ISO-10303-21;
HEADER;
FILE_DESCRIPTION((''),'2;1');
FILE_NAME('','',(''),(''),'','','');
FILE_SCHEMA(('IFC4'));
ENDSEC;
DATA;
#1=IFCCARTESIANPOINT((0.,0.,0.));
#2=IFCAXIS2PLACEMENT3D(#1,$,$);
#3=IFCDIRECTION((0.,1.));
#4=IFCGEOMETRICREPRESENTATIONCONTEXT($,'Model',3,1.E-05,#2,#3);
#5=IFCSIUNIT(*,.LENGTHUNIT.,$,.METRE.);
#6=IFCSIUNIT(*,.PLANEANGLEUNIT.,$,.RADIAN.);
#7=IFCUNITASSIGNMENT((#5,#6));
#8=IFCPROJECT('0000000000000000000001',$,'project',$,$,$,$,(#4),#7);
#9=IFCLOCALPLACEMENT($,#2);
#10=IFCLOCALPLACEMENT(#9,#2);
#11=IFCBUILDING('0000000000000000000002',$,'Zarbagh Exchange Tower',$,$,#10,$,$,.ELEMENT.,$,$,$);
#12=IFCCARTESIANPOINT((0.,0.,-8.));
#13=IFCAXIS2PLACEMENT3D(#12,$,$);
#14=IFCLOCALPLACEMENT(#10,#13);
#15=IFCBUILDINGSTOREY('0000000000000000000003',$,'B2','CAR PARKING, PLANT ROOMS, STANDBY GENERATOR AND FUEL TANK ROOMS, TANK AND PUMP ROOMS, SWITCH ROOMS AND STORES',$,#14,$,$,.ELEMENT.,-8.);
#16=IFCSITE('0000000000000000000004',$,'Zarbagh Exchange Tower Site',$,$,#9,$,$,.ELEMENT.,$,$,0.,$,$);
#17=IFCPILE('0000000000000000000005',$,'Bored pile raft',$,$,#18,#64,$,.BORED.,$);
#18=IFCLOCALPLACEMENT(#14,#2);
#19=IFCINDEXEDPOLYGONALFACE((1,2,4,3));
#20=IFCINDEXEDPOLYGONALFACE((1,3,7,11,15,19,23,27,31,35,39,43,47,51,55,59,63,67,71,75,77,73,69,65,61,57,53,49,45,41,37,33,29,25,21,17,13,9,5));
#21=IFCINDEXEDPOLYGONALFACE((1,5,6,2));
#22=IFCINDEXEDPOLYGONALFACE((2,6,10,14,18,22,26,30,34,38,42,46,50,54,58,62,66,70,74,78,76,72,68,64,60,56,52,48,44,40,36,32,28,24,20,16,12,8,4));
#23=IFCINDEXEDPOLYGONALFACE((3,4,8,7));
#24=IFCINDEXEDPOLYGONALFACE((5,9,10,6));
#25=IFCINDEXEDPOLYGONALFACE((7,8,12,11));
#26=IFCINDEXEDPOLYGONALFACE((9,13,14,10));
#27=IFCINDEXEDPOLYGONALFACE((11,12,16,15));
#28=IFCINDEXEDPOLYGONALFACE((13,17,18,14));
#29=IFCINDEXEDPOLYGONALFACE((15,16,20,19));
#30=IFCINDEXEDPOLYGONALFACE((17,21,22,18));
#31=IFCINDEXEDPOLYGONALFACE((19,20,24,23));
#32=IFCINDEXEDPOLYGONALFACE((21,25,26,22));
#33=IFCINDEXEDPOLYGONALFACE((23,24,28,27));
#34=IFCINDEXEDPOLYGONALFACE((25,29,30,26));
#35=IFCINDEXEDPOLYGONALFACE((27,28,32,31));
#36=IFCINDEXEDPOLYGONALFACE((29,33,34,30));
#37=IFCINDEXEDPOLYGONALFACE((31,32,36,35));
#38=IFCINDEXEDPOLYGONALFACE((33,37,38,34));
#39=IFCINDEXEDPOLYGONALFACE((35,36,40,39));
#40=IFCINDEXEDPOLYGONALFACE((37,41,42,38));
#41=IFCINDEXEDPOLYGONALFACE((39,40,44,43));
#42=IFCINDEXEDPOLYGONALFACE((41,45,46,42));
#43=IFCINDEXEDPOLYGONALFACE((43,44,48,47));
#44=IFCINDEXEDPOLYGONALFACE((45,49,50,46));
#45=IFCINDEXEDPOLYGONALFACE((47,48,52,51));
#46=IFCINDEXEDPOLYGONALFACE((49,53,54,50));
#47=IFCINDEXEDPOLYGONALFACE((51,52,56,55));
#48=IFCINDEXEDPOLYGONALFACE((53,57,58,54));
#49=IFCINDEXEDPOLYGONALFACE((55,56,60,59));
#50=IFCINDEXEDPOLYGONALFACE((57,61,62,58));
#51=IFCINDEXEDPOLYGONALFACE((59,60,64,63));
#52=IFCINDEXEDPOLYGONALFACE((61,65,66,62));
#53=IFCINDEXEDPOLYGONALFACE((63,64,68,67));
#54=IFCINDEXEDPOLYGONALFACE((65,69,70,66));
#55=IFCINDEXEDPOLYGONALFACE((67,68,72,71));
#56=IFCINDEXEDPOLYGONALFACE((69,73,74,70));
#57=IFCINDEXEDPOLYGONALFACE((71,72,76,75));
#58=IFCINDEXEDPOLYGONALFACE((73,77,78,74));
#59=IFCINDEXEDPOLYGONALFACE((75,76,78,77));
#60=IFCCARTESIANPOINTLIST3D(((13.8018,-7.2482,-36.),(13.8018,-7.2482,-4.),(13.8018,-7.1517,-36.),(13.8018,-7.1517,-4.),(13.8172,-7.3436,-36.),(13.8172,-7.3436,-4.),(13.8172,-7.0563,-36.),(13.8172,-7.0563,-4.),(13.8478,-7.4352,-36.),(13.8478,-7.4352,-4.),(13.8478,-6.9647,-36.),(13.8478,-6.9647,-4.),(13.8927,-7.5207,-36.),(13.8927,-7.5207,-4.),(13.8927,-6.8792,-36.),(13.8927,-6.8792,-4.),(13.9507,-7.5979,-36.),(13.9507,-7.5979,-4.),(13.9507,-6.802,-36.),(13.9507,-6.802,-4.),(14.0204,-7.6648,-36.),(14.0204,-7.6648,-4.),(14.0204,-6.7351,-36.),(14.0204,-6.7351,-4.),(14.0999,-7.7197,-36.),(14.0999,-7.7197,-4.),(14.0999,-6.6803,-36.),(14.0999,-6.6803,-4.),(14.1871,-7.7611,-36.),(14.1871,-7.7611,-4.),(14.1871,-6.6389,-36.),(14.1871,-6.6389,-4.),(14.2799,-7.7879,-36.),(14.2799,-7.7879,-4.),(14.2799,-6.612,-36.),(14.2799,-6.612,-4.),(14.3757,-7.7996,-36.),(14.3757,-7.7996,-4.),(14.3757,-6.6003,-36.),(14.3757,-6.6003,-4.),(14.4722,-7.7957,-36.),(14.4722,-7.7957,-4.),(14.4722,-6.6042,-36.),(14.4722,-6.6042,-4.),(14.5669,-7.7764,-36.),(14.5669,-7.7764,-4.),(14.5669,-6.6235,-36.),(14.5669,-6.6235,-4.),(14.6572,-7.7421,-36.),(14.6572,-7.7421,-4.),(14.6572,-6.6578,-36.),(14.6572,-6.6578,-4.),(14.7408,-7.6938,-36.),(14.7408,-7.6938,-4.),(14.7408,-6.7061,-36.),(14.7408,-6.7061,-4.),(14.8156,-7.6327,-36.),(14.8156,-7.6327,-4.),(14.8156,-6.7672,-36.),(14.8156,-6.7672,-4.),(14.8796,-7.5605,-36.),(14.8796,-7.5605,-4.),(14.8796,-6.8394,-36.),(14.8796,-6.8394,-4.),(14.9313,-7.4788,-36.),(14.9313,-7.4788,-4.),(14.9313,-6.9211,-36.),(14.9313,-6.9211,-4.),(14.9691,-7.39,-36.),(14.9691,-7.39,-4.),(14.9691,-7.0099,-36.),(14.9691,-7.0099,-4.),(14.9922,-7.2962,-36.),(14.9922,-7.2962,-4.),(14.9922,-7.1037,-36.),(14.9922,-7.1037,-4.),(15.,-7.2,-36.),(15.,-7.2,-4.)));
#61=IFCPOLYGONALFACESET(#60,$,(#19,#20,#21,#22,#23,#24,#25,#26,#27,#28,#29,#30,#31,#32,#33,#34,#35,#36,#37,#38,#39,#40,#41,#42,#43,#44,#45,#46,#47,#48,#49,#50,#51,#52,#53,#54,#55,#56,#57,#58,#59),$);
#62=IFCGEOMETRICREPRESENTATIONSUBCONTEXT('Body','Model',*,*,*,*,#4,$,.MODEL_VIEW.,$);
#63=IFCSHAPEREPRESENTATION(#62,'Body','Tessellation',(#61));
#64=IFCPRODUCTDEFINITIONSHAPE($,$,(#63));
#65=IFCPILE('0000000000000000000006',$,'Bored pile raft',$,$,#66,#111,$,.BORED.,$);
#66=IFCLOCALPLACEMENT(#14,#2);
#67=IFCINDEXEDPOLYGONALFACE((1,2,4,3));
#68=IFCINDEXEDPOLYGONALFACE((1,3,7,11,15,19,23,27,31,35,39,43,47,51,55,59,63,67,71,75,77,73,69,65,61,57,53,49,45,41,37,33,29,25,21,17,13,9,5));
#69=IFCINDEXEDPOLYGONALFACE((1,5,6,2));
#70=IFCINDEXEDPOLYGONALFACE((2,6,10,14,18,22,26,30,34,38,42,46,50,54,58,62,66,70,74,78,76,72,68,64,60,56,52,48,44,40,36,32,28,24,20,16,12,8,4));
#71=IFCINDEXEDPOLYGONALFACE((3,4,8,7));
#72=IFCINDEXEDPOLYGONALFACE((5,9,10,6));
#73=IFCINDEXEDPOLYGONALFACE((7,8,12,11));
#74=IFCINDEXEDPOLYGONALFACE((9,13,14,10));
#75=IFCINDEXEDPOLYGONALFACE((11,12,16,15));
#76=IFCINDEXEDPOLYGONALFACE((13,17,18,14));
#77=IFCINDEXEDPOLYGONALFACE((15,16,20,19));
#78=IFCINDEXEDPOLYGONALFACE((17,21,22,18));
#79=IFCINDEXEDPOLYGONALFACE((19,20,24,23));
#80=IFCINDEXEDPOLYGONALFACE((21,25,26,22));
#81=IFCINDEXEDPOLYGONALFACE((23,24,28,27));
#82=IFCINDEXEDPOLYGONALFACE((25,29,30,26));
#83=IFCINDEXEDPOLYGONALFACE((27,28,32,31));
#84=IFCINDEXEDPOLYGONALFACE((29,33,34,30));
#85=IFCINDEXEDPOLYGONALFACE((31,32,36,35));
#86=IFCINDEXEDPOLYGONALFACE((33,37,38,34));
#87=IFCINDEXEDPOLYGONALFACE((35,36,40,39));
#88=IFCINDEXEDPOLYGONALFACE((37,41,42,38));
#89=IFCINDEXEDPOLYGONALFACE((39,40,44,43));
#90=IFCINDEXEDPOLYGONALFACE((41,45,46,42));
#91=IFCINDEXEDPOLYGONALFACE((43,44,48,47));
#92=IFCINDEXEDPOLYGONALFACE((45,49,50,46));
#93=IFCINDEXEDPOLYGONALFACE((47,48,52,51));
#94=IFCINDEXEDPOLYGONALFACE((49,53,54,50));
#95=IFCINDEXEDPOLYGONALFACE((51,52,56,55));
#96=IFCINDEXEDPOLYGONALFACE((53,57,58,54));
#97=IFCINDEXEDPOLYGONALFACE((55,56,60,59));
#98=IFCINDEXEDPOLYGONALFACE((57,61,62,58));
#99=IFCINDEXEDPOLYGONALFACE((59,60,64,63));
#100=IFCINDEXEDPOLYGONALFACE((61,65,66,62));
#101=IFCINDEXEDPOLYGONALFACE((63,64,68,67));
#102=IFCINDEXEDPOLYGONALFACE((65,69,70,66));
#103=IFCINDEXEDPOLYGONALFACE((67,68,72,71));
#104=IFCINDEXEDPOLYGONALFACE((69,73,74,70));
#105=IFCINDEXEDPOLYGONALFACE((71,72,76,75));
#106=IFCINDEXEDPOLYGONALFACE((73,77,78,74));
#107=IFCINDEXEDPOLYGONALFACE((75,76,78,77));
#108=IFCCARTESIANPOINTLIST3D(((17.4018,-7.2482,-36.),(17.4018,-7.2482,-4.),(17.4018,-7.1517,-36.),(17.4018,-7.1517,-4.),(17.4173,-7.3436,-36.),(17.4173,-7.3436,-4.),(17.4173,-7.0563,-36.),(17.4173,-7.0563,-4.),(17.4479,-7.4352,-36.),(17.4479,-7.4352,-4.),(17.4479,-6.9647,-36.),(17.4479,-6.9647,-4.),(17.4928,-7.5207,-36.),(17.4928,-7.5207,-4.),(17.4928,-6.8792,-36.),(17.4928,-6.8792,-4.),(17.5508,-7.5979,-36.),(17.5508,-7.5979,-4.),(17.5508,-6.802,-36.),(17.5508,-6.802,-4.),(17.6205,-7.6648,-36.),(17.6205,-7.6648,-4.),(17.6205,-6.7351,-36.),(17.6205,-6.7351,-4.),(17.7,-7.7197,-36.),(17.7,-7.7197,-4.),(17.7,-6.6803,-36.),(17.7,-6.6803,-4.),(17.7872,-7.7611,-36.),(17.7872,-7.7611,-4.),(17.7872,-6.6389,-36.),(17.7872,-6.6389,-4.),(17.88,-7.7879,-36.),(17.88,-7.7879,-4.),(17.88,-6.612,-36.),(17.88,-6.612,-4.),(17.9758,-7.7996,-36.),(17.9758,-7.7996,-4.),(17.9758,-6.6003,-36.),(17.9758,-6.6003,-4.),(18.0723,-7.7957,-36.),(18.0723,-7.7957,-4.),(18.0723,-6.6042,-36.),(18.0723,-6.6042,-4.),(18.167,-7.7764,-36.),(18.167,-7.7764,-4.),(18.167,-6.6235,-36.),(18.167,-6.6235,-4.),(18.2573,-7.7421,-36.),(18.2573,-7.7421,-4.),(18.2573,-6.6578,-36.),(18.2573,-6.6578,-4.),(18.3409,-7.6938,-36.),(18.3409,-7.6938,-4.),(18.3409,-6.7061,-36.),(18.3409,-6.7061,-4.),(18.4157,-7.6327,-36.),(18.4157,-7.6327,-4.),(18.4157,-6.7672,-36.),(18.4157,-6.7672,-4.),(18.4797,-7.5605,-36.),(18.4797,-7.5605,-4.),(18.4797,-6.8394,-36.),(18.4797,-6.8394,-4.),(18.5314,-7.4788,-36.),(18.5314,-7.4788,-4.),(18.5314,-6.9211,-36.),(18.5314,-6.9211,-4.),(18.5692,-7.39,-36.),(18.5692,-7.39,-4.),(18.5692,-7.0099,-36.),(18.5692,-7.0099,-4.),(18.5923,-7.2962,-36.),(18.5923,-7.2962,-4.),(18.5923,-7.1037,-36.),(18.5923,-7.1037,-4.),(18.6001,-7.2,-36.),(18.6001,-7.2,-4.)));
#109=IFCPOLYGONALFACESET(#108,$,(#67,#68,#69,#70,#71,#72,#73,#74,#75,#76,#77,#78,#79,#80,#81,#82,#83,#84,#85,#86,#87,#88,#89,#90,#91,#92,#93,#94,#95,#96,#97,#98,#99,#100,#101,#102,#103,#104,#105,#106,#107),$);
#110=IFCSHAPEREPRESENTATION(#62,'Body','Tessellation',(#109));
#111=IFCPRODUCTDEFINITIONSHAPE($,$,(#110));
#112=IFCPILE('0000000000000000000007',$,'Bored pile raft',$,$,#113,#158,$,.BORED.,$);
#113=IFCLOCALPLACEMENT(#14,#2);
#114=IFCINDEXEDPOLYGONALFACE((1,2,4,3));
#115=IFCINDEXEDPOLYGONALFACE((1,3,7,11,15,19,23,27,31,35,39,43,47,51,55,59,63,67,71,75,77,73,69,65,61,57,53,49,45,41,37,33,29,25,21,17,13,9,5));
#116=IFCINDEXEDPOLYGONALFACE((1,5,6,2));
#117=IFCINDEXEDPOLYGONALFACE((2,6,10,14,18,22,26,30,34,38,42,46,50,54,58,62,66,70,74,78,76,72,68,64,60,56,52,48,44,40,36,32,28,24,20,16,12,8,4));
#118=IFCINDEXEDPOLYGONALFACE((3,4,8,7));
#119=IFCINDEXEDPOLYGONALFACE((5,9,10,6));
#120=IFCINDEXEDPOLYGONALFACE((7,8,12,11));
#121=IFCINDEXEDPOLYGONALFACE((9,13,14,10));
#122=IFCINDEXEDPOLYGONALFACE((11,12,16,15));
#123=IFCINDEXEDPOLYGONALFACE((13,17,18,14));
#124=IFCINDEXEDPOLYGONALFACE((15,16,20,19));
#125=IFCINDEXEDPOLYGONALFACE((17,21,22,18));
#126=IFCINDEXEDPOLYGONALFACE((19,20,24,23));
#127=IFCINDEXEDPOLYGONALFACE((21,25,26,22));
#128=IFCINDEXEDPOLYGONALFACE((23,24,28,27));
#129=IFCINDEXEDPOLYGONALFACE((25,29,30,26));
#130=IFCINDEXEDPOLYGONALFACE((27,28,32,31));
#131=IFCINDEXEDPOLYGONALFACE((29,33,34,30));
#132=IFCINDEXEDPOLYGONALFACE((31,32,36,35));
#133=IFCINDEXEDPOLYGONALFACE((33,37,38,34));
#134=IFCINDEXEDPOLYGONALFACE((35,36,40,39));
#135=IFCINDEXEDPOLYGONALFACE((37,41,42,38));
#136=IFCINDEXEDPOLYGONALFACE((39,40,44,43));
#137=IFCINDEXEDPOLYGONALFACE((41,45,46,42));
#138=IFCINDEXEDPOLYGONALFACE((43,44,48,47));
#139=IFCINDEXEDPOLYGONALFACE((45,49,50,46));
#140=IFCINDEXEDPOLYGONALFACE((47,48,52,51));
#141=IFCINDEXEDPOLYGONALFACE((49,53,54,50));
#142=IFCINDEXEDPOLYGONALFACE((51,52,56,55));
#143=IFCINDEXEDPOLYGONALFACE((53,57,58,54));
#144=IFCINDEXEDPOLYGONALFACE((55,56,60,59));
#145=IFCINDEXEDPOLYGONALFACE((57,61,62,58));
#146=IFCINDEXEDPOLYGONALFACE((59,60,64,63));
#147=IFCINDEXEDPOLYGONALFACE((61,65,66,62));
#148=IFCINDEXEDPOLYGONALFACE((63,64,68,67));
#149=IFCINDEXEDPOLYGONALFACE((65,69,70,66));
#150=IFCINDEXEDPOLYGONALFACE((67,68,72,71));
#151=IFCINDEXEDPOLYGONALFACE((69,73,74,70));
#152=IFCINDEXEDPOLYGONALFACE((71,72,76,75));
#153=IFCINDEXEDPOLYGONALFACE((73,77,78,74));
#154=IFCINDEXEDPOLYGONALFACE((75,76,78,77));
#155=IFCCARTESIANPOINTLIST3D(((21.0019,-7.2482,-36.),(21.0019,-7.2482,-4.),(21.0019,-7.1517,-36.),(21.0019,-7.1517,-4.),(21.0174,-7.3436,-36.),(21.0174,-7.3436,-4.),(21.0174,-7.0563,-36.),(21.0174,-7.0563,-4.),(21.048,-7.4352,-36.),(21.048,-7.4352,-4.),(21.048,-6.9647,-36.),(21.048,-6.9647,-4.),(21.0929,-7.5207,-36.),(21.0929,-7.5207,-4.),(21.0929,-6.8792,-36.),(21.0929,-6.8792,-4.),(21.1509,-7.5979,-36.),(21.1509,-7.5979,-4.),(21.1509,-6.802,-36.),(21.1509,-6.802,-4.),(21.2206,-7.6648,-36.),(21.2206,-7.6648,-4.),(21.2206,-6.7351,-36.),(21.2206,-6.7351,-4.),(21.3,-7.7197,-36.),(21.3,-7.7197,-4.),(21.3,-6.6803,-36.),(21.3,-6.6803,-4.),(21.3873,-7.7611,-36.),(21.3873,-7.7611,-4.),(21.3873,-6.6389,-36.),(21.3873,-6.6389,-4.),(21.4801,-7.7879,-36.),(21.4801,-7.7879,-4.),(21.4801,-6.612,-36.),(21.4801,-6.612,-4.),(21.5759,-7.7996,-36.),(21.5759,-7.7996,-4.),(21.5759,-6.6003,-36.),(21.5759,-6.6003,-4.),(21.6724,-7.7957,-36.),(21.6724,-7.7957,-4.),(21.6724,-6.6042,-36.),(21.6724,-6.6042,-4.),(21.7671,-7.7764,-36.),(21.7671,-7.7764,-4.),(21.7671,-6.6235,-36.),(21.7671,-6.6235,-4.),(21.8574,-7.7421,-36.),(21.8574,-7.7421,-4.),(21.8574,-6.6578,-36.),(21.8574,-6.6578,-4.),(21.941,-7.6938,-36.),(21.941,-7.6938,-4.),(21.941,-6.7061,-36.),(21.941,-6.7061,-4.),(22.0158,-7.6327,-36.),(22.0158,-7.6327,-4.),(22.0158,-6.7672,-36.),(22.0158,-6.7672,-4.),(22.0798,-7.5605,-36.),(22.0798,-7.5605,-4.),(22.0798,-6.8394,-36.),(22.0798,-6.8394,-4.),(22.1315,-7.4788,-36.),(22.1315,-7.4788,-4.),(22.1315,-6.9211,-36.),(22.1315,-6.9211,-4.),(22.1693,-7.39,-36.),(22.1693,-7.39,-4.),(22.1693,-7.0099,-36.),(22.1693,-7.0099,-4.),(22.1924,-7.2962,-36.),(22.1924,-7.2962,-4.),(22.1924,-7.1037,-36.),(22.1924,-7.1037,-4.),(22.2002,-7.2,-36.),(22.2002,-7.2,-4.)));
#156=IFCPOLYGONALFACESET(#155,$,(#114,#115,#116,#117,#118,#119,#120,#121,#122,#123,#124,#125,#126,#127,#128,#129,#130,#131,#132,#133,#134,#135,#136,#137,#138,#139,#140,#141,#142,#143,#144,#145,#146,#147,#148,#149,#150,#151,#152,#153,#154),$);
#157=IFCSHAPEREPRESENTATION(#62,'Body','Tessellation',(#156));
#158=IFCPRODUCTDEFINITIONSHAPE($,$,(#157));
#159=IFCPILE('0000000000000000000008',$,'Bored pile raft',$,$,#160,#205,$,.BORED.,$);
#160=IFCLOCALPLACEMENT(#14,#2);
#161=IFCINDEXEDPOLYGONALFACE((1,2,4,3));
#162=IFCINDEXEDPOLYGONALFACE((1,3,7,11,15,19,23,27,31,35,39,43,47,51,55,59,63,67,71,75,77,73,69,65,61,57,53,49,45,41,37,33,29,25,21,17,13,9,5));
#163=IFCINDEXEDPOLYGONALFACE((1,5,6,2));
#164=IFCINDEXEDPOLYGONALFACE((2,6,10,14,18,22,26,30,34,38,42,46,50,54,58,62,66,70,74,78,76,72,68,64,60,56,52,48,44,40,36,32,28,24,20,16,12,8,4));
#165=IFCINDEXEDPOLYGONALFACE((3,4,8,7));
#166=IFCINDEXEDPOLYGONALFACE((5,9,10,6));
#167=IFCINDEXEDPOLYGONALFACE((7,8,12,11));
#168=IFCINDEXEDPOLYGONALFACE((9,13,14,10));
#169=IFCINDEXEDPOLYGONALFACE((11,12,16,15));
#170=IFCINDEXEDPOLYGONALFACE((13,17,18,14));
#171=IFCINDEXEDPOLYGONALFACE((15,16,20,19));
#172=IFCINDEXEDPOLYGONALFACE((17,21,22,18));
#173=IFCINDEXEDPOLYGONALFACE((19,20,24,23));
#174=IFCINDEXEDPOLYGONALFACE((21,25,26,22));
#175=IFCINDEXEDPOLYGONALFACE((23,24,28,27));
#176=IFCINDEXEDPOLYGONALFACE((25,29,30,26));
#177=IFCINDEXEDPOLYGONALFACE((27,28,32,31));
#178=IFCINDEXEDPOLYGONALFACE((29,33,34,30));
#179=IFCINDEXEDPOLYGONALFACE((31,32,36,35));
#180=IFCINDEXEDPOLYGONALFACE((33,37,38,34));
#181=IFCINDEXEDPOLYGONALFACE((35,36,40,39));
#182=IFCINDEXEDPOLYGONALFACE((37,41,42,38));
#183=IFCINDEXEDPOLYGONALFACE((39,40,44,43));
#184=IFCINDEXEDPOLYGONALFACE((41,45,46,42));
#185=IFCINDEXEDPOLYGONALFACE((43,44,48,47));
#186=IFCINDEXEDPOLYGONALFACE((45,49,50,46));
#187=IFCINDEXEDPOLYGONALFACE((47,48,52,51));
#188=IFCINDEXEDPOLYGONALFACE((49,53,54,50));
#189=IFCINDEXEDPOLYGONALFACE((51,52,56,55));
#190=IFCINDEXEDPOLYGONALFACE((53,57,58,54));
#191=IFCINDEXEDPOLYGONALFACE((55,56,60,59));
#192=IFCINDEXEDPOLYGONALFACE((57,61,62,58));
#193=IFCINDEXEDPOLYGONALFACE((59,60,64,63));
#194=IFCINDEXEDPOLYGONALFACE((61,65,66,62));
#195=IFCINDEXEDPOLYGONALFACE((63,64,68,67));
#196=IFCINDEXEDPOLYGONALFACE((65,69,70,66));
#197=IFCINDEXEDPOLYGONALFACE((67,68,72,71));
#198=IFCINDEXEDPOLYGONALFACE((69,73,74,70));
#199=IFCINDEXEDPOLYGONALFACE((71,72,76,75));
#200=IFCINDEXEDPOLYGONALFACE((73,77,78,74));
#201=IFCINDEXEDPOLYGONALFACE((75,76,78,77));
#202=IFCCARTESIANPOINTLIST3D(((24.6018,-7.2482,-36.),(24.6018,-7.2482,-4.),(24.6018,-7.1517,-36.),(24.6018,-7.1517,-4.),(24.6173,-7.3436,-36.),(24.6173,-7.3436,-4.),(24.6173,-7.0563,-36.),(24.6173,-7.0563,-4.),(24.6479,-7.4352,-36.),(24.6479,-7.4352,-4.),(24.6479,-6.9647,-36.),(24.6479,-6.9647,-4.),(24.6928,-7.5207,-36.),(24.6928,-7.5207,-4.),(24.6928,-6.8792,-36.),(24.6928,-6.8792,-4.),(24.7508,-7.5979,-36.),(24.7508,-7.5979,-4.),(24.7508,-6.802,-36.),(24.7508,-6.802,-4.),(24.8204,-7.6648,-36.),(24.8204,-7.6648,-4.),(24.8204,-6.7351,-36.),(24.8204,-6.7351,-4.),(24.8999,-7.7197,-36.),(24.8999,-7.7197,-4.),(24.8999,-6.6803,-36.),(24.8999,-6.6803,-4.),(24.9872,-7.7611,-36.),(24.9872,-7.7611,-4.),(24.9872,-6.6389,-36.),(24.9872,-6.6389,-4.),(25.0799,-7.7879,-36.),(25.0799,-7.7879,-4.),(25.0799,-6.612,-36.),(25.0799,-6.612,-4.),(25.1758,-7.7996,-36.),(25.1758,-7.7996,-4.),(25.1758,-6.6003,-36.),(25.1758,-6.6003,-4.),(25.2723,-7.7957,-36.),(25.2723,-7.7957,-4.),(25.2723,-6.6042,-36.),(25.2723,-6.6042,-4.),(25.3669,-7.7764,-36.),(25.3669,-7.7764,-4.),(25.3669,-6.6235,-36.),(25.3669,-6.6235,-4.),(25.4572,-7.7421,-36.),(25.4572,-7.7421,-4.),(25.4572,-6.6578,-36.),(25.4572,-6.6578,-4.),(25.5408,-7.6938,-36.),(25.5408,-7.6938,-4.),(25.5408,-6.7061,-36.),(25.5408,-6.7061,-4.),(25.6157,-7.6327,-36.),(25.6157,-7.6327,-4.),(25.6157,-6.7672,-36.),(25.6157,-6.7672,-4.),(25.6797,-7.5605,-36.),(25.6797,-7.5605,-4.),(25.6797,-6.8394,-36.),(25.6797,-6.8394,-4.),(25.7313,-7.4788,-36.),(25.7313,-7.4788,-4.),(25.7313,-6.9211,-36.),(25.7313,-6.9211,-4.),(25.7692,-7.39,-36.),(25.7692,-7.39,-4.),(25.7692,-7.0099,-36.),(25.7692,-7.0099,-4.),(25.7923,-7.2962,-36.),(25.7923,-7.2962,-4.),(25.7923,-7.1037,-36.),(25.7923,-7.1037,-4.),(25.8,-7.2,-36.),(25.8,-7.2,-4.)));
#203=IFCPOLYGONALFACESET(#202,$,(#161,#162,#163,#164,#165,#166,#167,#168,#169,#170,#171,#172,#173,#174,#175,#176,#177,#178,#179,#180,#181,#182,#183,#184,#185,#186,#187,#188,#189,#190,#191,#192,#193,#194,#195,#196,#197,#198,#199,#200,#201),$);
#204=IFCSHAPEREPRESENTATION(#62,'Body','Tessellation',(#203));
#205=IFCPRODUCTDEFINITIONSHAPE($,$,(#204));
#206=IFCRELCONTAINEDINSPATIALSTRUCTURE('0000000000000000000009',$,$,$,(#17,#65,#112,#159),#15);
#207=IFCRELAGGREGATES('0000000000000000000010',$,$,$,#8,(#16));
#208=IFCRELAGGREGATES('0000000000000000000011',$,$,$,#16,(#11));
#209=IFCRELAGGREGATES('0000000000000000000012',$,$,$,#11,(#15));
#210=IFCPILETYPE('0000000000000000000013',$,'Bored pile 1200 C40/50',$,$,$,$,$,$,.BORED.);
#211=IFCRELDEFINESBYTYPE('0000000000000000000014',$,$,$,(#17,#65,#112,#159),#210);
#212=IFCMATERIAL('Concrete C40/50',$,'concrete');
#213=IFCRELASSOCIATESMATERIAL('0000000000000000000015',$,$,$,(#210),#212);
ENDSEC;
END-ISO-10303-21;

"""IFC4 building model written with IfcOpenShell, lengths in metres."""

from ifc_helpers import new_model, si_unit, direction, frame, origin, origin_2d, place, context, subcontext, project, spatial, circle, extrude, material, material_profile, profile_set, type_object, element, save


model = new_model("IFC4")

# Units and contexts
model_context = context("Model", 3, precision=1e-05, world=origin(), true_north=direction((0.0, 1.0)))
body_context = subcontext(model_context, "Body", "Model", "MODEL_VIEW")
ifc_project = project(units=[si_unit("LENGTHUNIT", "METRE"), si_unit("PLANEANGLEUNIT", "RADIAN")], contexts=[model_context])

# Site, building, storey
site_placement = place(None, origin())
site = spatial("IfcSite", under=ifc_project, at=site_placement, Name="Zarbagh Exchange Tower Site", CompositionType="ELEMENT", RefElevation=0.0)
building_placement = place(site_placement, origin())
building = spatial("IfcBuilding", under=site, at=building_placement, Name="Zarbagh Exchange Tower", CompositionType="ELEMENT")
storey_placement = place(building_placement, frame((0.0, 0.0, -8.0)))
storey = spatial("IfcBuildingStorey", under=building, at=storey_placement, Name="B2", Description="CAR PARKING, PLANT ROOMS, STANDBY GENERATOR AND FUEL TANK ROOMS, TANK AND PUMP ROOMS, SWITCH ROOMS AND STORES", CompositionType="ELEMENT", Elevation=-8.0)

# Piles
ifc_material_1 = material(Name="Concrete C40/50", Category="concrete")
ifc_material_profile_1 = material_profile(ifc_material_1, circle(Radius=0.6001, at=origin_2d()), Name="Bored pile 1200 C40/50")
ifc_profile_set_1 = profile_set([ifc_material_profile_1], Name="Concrete C40/50")
pile_type = type_object("IfcPileType", Name="Bored pile 1200 C40/50", PredefinedType="BORED", material=ifc_profile_set_1)
for number, where, z_axis, x_axis, name in (
    (1, (14.3999, -7.2, -4.0), (0.0, 0.0, -1.0), (1.0, 0.0, 0.0), "Bored pile raft"),
    (2, (18.0, -7.2, -4.0), (0.0, 0.0, -1.0), (1.0, 0.0, 0.0), "Bored pile raft"),
    (3, (21.6001, -7.2, -4.0), (0.0, 0.0, -1.0), (1.0, 0.0, 0.0), "Bored pile raft"),
    (4, (25.2, -7.2, -4.0), (0.0, 0.0, -1.0), (1.0, 0.0, 0.0), "Bored pile raft"),
):
    element("IfcPile", number, at=place(storey_placement, frame(where, z_axis=z_axis, x_axis=x_axis)), inside=storey, type_object=pile_type, Name=name, PredefinedType="BORED", context=body_context, shape_type="SweptSolid", body=[
        extrude(circle(Radius=0.6001, at=origin_2d()), origin(), (0.0, 0.0, 1.0), 32.0),
    ])

save(model, "model.ifc")
